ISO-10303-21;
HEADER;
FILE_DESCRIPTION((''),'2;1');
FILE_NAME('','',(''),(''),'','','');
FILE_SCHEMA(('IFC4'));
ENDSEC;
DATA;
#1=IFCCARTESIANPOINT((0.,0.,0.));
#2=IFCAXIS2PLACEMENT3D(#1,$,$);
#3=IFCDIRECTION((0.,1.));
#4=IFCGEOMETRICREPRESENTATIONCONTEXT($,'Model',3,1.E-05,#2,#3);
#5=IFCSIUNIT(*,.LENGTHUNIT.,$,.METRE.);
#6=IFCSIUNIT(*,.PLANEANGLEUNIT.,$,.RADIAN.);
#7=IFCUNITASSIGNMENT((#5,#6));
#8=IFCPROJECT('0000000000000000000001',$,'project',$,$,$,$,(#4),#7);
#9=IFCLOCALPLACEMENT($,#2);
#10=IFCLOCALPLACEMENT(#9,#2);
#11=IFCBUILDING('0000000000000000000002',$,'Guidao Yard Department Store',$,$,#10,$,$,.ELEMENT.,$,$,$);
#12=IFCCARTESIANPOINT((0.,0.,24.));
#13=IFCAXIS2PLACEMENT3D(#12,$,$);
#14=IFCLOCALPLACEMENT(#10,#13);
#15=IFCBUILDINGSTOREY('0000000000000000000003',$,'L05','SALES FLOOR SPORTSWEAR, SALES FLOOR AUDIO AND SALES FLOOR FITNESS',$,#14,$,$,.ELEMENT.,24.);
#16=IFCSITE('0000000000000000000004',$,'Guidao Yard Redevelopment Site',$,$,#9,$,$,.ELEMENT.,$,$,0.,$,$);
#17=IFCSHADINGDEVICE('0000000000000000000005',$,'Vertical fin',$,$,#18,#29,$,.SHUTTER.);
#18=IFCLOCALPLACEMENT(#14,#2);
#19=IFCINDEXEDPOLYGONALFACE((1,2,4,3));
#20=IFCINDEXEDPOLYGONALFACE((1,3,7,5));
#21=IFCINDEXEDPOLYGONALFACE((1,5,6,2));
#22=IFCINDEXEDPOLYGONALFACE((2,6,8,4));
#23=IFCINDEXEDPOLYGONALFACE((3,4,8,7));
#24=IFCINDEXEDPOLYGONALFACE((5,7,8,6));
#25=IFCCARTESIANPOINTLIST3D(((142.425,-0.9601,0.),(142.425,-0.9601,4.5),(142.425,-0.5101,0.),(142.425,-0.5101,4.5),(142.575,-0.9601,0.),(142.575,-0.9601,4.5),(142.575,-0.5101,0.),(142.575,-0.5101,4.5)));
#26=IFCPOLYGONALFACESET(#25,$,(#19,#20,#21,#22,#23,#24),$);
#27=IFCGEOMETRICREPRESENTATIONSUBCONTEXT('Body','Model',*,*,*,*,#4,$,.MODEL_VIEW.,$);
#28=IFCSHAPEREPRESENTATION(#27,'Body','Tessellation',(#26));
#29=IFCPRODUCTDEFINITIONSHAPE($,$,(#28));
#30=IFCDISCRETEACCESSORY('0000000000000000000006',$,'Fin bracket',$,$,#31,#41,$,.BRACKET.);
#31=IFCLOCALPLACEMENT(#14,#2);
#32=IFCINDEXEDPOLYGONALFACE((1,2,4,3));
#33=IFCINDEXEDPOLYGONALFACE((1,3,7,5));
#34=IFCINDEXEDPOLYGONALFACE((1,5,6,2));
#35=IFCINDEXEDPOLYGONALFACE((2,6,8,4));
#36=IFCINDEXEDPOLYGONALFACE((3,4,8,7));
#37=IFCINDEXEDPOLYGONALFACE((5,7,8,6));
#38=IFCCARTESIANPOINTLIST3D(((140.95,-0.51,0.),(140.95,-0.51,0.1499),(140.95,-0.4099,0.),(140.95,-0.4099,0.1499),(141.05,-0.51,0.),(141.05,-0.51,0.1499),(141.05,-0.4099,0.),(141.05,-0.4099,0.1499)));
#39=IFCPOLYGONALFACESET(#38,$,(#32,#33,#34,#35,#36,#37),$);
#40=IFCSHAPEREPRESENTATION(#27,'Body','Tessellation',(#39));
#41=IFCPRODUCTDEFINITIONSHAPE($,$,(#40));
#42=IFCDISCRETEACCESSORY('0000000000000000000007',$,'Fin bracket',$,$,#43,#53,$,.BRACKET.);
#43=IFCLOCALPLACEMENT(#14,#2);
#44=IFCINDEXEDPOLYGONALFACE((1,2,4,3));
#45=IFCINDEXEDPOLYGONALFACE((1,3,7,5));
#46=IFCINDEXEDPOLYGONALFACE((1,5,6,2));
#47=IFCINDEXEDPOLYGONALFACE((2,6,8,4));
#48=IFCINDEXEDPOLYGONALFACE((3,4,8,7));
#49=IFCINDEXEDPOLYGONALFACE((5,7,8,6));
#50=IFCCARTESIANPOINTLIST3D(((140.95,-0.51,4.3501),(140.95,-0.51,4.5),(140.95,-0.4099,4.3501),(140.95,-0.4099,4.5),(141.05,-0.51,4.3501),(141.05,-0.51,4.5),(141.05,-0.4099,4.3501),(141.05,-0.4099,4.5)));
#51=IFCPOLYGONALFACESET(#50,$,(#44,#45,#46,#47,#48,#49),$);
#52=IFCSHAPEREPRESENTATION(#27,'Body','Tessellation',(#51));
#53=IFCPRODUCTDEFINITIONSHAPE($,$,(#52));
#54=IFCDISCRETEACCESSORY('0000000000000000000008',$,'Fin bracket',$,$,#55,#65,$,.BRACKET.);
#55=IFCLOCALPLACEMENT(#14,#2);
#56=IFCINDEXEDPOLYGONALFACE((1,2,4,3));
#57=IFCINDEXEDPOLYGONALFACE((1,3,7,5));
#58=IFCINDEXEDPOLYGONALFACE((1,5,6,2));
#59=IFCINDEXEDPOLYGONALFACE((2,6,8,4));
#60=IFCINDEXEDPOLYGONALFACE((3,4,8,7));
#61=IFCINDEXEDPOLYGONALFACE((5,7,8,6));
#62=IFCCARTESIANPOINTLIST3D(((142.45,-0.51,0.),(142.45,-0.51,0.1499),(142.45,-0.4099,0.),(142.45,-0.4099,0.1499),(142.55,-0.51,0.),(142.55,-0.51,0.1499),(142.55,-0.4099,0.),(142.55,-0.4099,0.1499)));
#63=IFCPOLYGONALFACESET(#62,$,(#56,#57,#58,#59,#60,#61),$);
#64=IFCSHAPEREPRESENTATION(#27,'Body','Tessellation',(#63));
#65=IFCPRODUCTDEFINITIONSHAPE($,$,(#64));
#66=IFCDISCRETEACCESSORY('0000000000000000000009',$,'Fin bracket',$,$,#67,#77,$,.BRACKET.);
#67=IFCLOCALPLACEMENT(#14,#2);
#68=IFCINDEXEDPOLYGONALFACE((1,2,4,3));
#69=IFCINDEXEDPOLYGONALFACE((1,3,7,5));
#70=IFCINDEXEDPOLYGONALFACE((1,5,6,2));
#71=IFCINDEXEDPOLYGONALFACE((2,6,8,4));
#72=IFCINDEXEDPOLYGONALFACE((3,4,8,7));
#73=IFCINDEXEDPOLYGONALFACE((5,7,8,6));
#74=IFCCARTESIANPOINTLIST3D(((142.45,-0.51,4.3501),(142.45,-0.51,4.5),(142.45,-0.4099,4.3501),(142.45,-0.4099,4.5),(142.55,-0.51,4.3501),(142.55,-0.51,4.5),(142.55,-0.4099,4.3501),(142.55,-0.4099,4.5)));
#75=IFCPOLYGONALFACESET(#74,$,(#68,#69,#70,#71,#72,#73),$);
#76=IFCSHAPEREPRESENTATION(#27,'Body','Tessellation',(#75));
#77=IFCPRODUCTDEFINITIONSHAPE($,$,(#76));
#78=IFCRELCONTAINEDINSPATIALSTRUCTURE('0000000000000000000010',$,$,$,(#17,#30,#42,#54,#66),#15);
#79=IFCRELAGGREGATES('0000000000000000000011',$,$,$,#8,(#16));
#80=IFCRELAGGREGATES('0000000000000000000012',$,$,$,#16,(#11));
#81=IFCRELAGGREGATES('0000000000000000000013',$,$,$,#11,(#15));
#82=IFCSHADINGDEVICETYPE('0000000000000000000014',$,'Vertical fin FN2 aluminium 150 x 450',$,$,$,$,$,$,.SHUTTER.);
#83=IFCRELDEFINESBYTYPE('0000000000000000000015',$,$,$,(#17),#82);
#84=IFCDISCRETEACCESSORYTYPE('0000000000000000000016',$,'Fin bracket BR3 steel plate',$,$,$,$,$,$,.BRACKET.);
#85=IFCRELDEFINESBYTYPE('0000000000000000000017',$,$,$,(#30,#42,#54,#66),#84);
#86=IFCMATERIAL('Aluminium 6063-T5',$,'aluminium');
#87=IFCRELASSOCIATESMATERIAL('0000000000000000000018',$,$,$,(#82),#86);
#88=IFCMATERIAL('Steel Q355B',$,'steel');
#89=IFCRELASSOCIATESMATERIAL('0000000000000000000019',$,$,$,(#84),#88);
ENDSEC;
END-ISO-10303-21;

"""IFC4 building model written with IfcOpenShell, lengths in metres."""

from ifc_helpers import new_model, si_unit, direction, frame, origin, origin_2d, place, context, subcontext, project, spatial, rectangle, extrude, material, type_object, element, save


model = new_model("IFC4")

# Units and contexts
model_context = context("Model", 3, precision=1e-05, world=origin(), true_north=direction((0.0, 1.0)))
body_context = subcontext(model_context, "Body", "Model", "MODEL_VIEW")
ifc_project = project(units=[si_unit("LENGTHUNIT", "METRE"), si_unit("PLANEANGLEUNIT", "RADIAN")], contexts=[model_context])

# Site, building, storey
site_placement = place(None, origin())
site = spatial("IfcSite", under=ifc_project, at=site_placement, Name="Guidao Yard Redevelopment Site", CompositionType="ELEMENT", RefElevation=0.0)
building_placement = place(site_placement, origin())
building = spatial("IfcBuilding", under=site, at=building_placement, Name="Guidao Yard Department Store", CompositionType="ELEMENT")
storey_placement = place(building_placement, frame((0.0, 0.0, 24.0)))
storey = spatial("IfcBuildingStorey", under=building, at=storey_placement, Name="L05", Description="SALES FLOOR SPORTSWEAR, SALES FLOOR AUDIO AND SALES FLOOR FITNESS", CompositionType="ELEMENT", Elevation=24.0)

# Shading device
ifc_material_1 = material(Name="Aluminium 6063-T5", Category="aluminium")
shading_device_type = type_object("IfcShadingDeviceType", Name="Vertical fin FN2 aluminium 150 x 450", PredefinedType="SHUTTER", material=ifc_material_1)
for number, where, z_axis, x_axis, name in (
    (1, (142.5, -0.7351, 0.0), (0.0, 0.0, 1.0), (-1.0, 0.0, 0.0), "Vertical fin"),
):
    element("IfcShadingDevice", number, at=place(storey_placement, frame(where, z_axis=z_axis, x_axis=x_axis)), inside=storey, type_object=shading_device_type, Name=name, PredefinedType="SHUTTER", context=body_context, shape_type="SweptSolid", body=[
        extrude(rectangle(XDim=0.1499, YDim=0.45, at=origin_2d()), origin(), (0.0, 0.0, 1.0), 4.5),
    ])

# Discrete accessories
ifc_material_2 = material(Name="Steel Q355B", Category="steel")
discrete_accessory_type = type_object("IfcDiscreteAccessoryType", Name="Fin bracket BR3 steel plate", PredefinedType="BRACKET", material=ifc_material_2)
for number, where, z_axis, x_axis, name in (
    (2, (141.0, -0.46, 0.0), (0.0, 0.0, 1.0), (-1.0, 0.0, 0.0), "Fin bracket"),
    (3, (141.0, -0.46, 4.3501), (0.0, 0.0, 1.0), (-1.0, 0.0, 0.0), "Fin bracket"),
    (4, (142.5, -0.46, 0.0), (0.0, 0.0, 1.0), (-1.0, 0.0, 0.0), "Fin bracket"),
    (5, (142.5, -0.46, 4.3501), (0.0, 0.0, 1.0), (-1.0, 0.0, 0.0), "Fin bracket"),
):
    element("IfcDiscreteAccessory", number, at=place(storey_placement, frame(where, z_axis=z_axis, x_axis=x_axis)), inside=storey, type_object=discrete_accessory_type, Name=name, PredefinedType="BRACKET", context=body_context, shape_type="SweptSolid", body=[
        extrude(rectangle(XDim=0.1001, YDim=0.1001, at=origin_2d()), origin(), (0.0, 0.0, 1.0), 0.1499),
    ])

save(model, "model.ifc")
